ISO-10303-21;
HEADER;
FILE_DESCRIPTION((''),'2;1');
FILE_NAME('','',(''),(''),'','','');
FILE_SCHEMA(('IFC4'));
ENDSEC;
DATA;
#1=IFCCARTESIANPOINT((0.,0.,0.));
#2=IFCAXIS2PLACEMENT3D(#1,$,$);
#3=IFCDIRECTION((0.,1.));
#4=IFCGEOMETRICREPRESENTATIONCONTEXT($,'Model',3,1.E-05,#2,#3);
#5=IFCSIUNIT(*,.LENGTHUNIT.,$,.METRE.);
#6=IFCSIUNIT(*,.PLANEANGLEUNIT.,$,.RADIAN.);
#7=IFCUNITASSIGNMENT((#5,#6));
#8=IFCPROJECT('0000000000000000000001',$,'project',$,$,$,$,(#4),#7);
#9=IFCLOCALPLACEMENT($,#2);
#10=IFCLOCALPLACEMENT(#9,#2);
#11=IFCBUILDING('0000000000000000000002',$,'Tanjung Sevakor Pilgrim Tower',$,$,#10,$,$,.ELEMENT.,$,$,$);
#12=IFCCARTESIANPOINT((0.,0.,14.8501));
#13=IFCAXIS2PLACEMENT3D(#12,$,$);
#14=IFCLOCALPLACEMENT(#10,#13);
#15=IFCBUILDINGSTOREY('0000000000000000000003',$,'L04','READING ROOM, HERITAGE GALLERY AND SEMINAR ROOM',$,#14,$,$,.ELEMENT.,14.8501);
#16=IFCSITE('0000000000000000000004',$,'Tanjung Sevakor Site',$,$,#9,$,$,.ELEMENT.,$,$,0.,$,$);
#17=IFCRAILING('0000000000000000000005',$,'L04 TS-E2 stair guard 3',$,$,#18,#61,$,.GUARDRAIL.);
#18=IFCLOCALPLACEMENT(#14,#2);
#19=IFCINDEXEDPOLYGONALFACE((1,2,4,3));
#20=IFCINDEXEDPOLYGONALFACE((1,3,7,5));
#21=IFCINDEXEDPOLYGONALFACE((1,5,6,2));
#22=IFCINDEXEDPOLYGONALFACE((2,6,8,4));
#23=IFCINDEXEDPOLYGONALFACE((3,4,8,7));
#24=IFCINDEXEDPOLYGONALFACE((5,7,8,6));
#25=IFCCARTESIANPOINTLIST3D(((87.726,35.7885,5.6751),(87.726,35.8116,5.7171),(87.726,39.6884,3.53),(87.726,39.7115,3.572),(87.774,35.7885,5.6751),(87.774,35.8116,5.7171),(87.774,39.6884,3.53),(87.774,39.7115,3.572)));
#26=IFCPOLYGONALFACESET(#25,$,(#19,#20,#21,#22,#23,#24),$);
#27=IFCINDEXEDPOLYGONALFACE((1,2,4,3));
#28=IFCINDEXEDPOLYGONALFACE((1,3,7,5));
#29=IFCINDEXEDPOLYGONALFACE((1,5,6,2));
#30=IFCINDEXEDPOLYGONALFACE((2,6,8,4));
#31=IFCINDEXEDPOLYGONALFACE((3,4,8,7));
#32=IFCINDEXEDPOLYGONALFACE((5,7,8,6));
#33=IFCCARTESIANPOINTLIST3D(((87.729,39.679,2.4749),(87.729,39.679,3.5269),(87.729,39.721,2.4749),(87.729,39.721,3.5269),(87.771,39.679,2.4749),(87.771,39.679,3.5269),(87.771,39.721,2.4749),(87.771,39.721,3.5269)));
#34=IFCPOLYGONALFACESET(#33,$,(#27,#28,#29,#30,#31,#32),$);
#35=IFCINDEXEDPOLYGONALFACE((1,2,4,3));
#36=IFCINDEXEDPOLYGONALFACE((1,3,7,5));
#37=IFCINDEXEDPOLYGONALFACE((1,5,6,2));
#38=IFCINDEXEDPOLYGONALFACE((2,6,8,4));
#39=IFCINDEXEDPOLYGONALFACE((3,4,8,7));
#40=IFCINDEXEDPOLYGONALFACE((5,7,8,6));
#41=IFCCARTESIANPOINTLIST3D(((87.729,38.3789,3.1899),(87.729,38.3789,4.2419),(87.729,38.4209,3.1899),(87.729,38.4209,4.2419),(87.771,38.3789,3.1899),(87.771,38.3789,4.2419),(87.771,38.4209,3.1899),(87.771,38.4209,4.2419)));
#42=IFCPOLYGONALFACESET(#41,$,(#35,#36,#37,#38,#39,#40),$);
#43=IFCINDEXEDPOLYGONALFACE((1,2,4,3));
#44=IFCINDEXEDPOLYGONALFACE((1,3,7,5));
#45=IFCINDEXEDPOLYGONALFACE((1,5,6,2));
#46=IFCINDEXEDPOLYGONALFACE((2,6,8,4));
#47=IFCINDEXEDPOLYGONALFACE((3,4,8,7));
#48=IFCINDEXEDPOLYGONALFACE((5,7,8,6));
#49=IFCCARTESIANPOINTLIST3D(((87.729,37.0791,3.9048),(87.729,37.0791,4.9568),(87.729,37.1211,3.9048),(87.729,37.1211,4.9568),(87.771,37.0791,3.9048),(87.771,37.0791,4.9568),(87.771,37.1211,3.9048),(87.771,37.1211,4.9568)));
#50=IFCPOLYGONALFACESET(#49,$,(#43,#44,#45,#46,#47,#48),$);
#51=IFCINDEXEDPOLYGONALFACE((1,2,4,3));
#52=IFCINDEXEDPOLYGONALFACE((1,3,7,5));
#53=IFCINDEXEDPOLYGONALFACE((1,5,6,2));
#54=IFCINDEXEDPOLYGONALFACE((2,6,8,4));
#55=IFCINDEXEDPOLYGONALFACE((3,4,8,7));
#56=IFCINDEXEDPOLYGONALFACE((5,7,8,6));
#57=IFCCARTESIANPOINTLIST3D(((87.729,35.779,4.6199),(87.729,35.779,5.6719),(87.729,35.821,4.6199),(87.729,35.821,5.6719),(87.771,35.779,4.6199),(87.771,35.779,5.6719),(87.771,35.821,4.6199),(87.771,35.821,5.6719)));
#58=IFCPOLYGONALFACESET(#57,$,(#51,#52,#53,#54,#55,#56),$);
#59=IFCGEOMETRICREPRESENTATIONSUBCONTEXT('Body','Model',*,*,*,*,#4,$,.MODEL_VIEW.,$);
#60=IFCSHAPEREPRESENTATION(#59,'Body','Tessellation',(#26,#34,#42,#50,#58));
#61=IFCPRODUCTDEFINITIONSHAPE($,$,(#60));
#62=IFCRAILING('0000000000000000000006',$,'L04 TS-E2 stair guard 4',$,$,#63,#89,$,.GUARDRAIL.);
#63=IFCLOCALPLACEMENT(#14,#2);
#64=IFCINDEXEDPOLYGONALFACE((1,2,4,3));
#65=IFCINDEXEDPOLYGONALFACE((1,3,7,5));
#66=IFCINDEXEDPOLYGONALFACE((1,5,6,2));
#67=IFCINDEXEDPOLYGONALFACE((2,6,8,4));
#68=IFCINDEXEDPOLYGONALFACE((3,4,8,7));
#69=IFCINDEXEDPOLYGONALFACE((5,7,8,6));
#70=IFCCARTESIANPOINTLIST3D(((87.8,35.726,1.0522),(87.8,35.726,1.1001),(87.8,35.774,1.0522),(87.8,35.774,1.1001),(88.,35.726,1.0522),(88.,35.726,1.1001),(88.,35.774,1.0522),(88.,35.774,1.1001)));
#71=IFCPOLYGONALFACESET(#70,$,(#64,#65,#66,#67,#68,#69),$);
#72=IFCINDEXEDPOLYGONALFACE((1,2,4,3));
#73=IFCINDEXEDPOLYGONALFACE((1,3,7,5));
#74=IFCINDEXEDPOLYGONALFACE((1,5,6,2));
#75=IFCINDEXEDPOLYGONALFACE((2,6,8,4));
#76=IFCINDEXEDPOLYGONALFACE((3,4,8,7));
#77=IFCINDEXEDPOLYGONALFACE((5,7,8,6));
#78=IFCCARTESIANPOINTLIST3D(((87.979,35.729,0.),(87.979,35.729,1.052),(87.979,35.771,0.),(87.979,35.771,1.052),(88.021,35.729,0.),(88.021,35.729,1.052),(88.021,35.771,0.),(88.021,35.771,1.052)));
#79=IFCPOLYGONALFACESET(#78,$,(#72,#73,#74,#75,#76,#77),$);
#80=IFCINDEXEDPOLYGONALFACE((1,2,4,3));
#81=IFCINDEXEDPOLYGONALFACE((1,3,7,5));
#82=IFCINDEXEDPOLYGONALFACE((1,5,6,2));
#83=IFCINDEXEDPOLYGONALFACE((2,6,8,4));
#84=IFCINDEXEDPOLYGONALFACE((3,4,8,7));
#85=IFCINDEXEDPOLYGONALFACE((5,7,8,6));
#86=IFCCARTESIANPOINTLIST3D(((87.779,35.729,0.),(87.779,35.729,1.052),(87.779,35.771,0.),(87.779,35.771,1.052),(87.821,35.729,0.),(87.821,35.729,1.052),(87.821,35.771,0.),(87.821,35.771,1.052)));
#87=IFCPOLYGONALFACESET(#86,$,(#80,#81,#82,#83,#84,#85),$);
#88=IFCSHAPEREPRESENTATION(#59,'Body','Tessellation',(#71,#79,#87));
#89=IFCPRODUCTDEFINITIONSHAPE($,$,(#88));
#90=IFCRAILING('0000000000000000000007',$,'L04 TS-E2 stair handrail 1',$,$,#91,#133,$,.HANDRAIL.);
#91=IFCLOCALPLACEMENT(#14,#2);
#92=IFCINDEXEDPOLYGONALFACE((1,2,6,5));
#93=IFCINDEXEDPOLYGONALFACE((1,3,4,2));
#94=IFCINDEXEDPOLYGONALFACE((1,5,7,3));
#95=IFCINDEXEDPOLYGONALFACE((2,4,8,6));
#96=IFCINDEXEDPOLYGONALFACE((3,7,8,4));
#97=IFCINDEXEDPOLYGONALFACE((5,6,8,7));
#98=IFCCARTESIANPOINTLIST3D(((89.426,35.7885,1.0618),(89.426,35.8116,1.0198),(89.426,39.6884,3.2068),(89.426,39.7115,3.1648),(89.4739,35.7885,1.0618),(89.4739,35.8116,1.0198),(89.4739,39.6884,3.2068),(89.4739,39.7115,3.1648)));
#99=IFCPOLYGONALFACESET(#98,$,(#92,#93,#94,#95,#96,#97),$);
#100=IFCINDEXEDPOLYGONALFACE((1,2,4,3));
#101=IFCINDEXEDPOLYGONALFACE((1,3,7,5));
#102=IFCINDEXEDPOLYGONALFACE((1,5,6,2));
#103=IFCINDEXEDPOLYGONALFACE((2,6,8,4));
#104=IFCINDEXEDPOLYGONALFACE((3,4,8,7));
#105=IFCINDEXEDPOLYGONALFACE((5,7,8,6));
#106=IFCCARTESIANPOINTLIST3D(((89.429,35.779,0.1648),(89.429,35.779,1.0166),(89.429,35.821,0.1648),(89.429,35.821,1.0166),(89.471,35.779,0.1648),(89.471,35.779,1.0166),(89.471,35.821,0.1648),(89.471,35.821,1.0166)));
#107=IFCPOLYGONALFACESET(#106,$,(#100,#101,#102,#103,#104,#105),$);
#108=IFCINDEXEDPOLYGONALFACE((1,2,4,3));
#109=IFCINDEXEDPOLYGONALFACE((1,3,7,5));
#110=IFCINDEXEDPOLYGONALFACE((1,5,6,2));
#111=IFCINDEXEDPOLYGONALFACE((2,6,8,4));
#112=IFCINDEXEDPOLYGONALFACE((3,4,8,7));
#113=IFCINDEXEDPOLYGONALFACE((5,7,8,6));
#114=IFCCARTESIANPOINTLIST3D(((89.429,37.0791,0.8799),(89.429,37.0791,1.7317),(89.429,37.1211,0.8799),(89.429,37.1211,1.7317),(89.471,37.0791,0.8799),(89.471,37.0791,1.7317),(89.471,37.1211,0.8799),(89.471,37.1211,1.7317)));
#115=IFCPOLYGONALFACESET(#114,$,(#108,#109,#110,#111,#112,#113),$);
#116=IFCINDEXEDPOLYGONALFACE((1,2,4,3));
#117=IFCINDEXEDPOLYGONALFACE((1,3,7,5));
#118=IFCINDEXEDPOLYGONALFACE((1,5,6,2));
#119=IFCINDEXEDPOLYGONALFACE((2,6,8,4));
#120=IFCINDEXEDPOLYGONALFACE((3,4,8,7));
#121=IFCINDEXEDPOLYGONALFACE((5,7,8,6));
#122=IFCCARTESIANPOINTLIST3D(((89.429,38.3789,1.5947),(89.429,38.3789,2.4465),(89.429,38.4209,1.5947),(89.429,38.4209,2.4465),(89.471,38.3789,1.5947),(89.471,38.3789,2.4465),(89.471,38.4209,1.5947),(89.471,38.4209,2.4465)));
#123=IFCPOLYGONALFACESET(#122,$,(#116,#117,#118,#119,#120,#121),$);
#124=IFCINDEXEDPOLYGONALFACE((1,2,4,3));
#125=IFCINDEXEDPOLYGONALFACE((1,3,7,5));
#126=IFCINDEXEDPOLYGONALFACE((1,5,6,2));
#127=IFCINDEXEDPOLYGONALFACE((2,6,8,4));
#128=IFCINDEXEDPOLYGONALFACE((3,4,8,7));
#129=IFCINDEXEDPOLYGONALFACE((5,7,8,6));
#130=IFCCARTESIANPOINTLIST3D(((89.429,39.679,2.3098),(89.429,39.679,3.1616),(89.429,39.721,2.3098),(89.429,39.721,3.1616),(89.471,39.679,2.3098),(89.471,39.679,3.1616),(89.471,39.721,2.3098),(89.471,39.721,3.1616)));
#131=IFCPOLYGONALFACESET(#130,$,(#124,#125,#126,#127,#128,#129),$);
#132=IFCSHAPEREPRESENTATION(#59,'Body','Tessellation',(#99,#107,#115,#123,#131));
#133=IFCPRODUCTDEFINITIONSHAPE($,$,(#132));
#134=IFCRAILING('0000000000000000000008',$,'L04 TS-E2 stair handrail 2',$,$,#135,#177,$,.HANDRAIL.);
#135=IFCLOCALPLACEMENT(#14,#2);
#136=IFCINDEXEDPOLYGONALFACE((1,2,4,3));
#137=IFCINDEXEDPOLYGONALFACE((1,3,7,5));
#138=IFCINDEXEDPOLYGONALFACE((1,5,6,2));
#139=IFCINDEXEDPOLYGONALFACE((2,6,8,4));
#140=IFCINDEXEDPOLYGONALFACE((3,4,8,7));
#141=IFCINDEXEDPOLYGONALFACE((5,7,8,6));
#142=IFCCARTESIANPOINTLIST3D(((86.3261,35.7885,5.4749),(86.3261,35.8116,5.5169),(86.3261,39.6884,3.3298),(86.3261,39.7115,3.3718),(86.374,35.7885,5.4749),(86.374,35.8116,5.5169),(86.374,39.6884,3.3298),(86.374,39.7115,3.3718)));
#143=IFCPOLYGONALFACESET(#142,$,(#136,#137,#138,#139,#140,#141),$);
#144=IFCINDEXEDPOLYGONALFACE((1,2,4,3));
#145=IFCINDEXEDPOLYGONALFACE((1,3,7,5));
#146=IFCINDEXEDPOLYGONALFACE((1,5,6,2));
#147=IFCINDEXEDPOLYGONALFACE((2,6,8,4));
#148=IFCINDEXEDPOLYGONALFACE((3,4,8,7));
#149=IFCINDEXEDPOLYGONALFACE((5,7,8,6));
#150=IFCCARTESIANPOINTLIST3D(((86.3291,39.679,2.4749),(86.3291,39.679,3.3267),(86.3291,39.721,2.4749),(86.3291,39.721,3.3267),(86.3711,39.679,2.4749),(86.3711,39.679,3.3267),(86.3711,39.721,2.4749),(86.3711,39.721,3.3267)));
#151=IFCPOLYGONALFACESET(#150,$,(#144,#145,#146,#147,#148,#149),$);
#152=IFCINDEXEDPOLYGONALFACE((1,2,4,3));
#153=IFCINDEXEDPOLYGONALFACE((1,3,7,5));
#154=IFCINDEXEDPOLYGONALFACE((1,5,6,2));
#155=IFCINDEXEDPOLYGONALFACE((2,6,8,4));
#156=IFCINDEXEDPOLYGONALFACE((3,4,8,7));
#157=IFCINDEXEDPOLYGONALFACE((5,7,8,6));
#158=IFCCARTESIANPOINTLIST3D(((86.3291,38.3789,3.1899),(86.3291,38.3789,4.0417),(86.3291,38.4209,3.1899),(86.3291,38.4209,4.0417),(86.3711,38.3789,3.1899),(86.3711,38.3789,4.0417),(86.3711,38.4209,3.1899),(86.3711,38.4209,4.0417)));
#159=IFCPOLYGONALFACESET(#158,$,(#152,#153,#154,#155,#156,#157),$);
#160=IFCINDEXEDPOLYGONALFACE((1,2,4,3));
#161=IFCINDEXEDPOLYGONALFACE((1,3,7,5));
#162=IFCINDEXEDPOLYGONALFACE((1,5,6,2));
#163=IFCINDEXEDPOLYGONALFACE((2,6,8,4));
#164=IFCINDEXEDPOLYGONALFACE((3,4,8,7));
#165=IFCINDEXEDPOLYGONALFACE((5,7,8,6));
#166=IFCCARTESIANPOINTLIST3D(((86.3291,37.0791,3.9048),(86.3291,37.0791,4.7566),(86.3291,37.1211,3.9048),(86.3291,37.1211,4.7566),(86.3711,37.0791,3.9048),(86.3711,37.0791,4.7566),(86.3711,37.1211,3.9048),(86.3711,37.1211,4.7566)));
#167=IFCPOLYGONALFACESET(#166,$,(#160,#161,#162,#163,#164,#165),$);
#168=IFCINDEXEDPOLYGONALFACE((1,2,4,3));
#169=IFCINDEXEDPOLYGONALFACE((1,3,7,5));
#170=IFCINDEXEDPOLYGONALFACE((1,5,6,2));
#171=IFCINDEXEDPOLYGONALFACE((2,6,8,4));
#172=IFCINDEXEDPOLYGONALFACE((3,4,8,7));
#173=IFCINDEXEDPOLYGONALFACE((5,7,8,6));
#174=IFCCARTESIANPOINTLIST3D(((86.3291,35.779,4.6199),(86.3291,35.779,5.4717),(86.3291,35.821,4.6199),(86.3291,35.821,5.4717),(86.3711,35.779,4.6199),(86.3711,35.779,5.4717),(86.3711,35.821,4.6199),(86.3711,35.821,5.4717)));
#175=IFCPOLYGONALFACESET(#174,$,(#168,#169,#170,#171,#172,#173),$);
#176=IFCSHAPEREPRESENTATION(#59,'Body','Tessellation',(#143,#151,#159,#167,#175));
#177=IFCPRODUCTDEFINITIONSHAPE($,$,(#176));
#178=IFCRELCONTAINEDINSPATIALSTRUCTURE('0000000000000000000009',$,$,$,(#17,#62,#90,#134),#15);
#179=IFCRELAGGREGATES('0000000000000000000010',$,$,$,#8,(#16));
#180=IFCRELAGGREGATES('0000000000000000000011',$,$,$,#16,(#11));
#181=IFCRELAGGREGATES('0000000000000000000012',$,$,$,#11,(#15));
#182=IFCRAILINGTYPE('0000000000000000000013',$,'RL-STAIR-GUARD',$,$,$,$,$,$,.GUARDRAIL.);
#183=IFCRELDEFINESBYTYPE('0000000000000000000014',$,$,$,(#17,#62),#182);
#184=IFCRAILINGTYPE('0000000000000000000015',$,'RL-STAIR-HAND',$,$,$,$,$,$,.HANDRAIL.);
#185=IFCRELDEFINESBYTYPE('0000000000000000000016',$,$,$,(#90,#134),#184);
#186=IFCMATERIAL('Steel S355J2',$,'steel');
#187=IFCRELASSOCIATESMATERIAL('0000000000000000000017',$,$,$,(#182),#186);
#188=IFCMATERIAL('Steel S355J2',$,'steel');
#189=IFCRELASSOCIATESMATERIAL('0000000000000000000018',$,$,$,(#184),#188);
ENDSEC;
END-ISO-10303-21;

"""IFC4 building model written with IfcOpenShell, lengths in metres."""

from ifc_helpers import new_model, si_unit, direction, frame, origin, place, context, subcontext, project, spatial, rectangle, extrude, material, type_object, element, save


model = new_model("IFC4")

# Units and contexts
model_context = context("Model", 3, precision=1e-05, world=origin(), true_north=direction((0.0, 1.0)))
body_context = subcontext(model_context, "Body", "Model", "MODEL_VIEW")
ifc_project = project(units=[si_unit("LENGTHUNIT", "METRE"), si_unit("PLANEANGLEUNIT", "RADIAN")], contexts=[model_context])

# Site, building, storey
site_placement = place(None, origin())
site = spatial("IfcSite", under=ifc_project, at=site_placement, Name="Tanjung Sevakor Site", CompositionType="ELEMENT", RefElevation=0.0)
building_placement = place(site_placement, origin())
building = spatial("IfcBuilding", under=site, at=building_placement, Name="Tanjung Sevakor Pilgrim Tower", CompositionType="ELEMENT")
storey_placement = place(building_placement, frame((0.0, 0.0, 14.8501)))
storey = spatial("IfcBuildingStorey", under=building, at=storey_placement, Name="L04", Description="READING ROOM, HERITAGE GALLERY AND SEMINAR ROOM", CompositionType="ELEMENT", Elevation=14.8501)

# Railings
ifc_material_1 = material(Name="Steel S355J2", Category="steel")
railing_type_1 = type_object("IfcRailingType", Name="RL-STAIR-GUARD", PredefinedType="GUARDRAIL", material=ifc_material_1)
railing_1_placement = place(storey_placement, frame((87.75, 39.7, 2.4749)))
element("IfcRailing", 1, at=railing_1_placement, inside=storey, type_object=railing_type_1, Name="L04 TS-E2 stair guard 3", PredefinedType="GUARDRAIL", context=body_context, shape_type="SweptSolid", body=[
    extrude(rectangle(XDim=0.0479, YDim=0.0479), frame((0.0, 0.0, 1.0762), z_axis=(0.0, -0.876209, 0.481931), x_axis=(1.0, 0.0, 0.0)), (0.0, 0.0, 1.0), 4.4509),
    extrude(rectangle(XDim=0.042, YDim=0.042), origin(), (0.0, 0.0, 1.0), 1.052),
    extrude(rectangle(XDim=0.042, YDim=0.042), frame((0.0, -1.3, 0.7151)), (0.0, 0.0, 1.0), 1.052),
    extrude(rectangle(XDim=0.042, YDim=0.042), frame((0.0, -2.5999, 1.4299)), (0.0, 0.0, 1.0), 1.052),
    extrude(rectangle(XDim=0.042, YDim=0.042), frame((0.0, -3.8999, 2.145)), (0.0, 0.0, 1.0), 1.052),
])
railing_2_placement = place(storey_placement, frame((88.0, 35.75, 0.0)))
element("IfcRailing", 2, at=railing_2_placement, inside=storey, type_object=railing_type_1, Name="L04 TS-E2 stair guard 4", PredefinedType="GUARDRAIL", context=body_context, shape_type="SweptSolid", body=[
    extrude(rectangle(XDim=0.0479, YDim=0.0479), frame((0.0, 0.0, 1.0762), z_axis=(-1.0, 0.0, 0.0), x_axis=(0.0, -1.0, 0.0)), (0.0, 0.0, 1.0), 0.2),
    extrude(rectangle(XDim=0.042, YDim=0.042), origin(), (0.0, 0.0, 1.0), 1.052),
    extrude(rectangle(XDim=0.042, YDim=0.042), frame((-0.2, 0.0, 0.0)), (0.0, 0.0, 1.0), 1.052),
])
ifc_material_2 = material(Name="Steel S355J2", Category="steel")
railing_type_2 = type_object("IfcRailingType", Name="RL-STAIR-HAND", PredefinedType="HANDRAIL", material=ifc_material_2)
railing_3_placement = place(storey_placement, frame((89.45, 35.8, 0.1648)))
element("IfcRailing", 3, at=railing_3_placement, inside=storey, type_object=railing_type_2, Name="L04 TS-E2 stair handrail 1", PredefinedType="HANDRAIL", context=body_context, shape_type="SweptSolid", body=[
    extrude(rectangle(XDim=0.0479, YDim=0.0479), frame((0.0, 0.0, 0.876), z_axis=(0.0, 0.876209, 0.481931), x_axis=(-1.0, 0.0, 0.0)), (0.0, 0.0, 1.0), 4.4509),
    extrude(rectangle(XDim=0.042, YDim=0.042), origin(), (0.0, 0.0, 1.0), 0.8518),
    extrude(rectangle(XDim=0.042, YDim=0.042), frame((0.0, 1.3, 0.7151)), (0.0, 0.0, 1.0), 0.8518),
    extrude(rectangle(XDim=0.042, YDim=0.042), frame((0.0, 2.5999, 1.4299)), (0.0, 0.0, 1.0), 0.8518),
    extrude(rectangle(XDim=0.042, YDim=0.042), frame((0.0, 3.8999, 2.145)), (0.0, 0.0, 1.0), 0.8518),
])
railing_4_placement = place(storey_placement, frame((86.3501, 39.7, 2.4749)))
element("IfcRailing", 4, at=railing_4_placement, inside=storey, type_object=railing_type_2, Name="L04 TS-E2 stair handrail 2", PredefinedType="HANDRAIL", context=body_context, shape_type="SweptSolid", body=[
    extrude(rectangle(XDim=0.0479, YDim=0.0479), frame((0.0, 0.0, 0.876), z_axis=(0.0, -0.876209, 0.481931), x_axis=(1.0, 0.0, 0.0)), (0.0, 0.0, 1.0), 4.4509),
    extrude(rectangle(XDim=0.042, YDim=0.042), origin(), (0.0, 0.0, 1.0), 0.8518),
    extrude(rectangle(XDim=0.042, YDim=0.042), frame((0.0, -1.3, 0.7151)), (0.0, 0.0, 1.0), 0.8518),
    extrude(rectangle(XDim=0.042, YDim=0.042), frame((0.0, -2.5999, 1.4299)), (0.0, 0.0, 1.0), 0.8518),
    extrude(rectangle(XDim=0.042, YDim=0.042), frame((0.0, -3.8999, 2.145)), (0.0, 0.0, 1.0), 0.8518),
])

save(model, "model.ifc")
